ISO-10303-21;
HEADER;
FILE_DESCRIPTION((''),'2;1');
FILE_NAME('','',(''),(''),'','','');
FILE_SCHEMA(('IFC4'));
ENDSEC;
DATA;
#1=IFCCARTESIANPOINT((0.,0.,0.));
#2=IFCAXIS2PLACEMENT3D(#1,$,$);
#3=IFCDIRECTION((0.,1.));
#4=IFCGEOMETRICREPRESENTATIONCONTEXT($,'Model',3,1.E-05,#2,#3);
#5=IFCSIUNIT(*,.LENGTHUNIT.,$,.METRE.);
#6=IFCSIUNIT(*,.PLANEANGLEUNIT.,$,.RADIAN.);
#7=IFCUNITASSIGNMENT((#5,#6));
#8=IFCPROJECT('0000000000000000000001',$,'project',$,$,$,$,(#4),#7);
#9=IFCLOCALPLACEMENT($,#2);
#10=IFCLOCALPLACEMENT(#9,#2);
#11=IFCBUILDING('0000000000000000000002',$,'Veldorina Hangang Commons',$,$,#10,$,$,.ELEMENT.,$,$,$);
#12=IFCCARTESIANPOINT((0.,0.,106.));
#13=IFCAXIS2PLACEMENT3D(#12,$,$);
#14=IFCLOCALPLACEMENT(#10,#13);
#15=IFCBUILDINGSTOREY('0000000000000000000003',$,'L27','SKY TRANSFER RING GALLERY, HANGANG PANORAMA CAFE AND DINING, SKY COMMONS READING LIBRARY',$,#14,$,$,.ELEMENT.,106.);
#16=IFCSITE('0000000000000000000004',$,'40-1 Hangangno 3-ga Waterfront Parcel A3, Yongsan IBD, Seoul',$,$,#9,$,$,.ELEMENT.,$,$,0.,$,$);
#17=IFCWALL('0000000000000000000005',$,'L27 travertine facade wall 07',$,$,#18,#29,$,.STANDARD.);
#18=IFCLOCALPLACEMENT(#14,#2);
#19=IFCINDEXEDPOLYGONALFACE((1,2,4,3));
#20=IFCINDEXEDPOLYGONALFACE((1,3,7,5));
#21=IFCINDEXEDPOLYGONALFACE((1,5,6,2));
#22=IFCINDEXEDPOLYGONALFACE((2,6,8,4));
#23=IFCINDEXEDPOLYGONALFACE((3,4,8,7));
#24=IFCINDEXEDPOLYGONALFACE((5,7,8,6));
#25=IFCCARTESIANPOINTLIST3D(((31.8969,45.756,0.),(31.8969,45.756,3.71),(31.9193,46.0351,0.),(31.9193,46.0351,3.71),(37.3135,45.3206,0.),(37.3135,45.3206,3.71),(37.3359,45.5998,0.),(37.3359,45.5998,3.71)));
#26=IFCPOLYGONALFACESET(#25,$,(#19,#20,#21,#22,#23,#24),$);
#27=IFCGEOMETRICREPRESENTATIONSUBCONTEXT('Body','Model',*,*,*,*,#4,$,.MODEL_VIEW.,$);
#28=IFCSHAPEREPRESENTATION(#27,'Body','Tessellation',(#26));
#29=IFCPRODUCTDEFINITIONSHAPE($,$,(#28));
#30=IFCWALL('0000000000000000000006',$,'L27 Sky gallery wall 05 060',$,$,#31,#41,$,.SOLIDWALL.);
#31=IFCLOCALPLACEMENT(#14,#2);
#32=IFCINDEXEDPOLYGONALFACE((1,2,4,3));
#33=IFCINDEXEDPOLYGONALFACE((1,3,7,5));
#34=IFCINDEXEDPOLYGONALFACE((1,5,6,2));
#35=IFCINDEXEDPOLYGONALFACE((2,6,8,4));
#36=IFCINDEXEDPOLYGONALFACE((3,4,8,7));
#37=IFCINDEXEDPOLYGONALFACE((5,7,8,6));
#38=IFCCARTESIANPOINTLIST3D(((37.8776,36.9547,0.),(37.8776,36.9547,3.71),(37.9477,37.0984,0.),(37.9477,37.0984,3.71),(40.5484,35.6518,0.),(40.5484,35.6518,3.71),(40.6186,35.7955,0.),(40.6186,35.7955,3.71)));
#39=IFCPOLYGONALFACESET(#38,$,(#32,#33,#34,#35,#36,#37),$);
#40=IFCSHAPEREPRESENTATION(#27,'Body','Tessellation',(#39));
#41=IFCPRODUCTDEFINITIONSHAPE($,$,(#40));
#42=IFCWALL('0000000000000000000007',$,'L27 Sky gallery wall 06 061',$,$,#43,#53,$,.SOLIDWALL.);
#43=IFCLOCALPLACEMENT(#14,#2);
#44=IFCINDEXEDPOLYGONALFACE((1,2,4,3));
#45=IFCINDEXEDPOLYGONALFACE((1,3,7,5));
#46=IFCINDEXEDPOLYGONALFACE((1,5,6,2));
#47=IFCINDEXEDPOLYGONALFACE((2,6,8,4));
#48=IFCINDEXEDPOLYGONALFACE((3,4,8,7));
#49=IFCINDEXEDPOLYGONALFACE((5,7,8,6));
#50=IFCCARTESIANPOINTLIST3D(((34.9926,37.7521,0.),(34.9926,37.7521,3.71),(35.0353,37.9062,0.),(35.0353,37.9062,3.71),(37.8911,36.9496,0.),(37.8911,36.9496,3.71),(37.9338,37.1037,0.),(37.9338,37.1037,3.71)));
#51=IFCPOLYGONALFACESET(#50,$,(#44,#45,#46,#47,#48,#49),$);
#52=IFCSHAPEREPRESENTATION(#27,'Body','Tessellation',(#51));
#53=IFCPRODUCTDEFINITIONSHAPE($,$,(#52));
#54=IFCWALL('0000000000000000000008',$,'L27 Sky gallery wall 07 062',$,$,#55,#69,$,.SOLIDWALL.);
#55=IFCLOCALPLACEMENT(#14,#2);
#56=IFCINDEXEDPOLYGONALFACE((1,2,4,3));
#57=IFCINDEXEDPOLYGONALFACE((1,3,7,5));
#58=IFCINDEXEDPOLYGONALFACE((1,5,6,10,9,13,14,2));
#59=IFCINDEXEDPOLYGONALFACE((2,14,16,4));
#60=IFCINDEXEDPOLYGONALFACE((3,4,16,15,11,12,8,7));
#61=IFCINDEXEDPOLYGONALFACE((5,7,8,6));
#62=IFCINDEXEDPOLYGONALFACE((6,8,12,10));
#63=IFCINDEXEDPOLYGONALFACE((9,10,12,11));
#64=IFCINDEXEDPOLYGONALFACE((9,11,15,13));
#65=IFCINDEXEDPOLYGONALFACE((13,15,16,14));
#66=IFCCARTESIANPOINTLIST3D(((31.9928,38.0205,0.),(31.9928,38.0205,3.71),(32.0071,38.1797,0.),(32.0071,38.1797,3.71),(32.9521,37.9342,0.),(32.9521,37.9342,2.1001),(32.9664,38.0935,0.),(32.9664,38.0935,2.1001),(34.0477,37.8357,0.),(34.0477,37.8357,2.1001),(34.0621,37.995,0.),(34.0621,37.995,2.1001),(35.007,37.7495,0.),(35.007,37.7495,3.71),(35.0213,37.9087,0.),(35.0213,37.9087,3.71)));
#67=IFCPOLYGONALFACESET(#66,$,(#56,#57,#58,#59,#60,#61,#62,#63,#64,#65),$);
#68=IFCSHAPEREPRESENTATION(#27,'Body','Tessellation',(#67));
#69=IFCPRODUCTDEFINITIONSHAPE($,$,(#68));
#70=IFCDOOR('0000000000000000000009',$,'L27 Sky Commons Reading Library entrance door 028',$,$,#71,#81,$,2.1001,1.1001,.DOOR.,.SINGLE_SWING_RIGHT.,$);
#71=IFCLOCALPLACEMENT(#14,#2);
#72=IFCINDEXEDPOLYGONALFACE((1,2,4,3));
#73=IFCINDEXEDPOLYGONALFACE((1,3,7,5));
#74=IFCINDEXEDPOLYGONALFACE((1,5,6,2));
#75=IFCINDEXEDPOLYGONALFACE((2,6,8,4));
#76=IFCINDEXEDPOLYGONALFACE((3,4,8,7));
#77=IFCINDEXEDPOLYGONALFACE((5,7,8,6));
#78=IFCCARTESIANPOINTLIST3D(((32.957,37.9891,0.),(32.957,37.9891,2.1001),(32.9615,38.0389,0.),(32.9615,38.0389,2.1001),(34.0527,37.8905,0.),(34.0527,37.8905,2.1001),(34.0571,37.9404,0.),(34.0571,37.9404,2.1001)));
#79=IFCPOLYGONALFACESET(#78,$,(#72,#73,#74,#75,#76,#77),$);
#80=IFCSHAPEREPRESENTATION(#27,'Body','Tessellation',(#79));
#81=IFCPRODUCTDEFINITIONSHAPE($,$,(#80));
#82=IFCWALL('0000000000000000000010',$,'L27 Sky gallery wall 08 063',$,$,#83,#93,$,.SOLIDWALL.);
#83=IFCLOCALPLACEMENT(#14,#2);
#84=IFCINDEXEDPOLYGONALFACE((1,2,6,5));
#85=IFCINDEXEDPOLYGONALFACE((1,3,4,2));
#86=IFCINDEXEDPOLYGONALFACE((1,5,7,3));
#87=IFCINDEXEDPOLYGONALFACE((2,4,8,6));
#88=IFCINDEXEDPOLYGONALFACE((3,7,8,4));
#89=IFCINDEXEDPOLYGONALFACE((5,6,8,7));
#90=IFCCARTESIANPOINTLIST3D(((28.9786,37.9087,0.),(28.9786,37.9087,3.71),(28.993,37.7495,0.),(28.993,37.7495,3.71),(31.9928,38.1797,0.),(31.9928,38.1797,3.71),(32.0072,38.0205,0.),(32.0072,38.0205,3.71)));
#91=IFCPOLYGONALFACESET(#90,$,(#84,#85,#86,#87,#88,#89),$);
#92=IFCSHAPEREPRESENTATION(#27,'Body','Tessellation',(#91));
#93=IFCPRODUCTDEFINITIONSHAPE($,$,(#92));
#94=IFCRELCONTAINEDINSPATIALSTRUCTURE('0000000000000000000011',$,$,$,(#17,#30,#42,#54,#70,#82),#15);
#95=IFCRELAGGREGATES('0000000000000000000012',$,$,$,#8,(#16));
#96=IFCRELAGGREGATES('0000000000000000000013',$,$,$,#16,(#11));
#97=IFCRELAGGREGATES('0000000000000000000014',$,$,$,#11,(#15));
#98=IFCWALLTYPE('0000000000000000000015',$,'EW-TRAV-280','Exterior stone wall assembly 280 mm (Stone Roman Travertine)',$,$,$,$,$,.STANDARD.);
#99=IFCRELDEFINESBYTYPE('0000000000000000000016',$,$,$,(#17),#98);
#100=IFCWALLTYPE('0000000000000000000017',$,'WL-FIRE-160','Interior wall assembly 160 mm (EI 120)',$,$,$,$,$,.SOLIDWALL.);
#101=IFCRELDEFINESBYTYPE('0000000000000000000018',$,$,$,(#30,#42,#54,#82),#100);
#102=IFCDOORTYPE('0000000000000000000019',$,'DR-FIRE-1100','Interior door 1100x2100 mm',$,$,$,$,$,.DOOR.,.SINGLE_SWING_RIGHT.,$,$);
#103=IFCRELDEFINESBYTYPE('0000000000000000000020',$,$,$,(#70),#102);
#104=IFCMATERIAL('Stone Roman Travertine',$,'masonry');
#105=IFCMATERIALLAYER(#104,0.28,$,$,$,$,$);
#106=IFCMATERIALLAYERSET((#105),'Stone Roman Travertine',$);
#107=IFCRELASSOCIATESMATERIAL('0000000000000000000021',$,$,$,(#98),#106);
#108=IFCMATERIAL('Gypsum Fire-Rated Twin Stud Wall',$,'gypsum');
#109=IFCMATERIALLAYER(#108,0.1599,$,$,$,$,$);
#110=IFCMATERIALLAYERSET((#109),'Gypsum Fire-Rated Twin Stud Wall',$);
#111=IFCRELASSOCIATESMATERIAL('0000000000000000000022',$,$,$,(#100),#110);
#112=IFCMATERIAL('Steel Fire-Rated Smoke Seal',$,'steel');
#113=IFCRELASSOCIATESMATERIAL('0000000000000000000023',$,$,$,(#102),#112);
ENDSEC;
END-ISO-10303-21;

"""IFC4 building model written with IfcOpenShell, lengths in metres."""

from ifc_helpers import new_model, si_unit, direction, frame, frame_2d, origin, place, context, subcontext, project, spatial, rectangle, extrude, material, layer, layer_set, type_object, element, fill, save


model = new_model("IFC4")

# Units and contexts
model_context = context("Model", 3, precision=1e-05, world=origin(), true_north=direction((0.0, 1.0)))
body_context = subcontext(model_context, "Body", "Model", "MODEL_VIEW")
ifc_project = project(units=[si_unit("LENGTHUNIT", "METRE"), si_unit("PLANEANGLEUNIT", "RADIAN")], contexts=[model_context])

# Site, building, storey
site_placement = place(None, origin())
site = spatial("IfcSite", under=ifc_project, at=site_placement, Name="40-1 Hangangno 3-ga Waterfront Parcel A3, Yongsan IBD, Seoul", CompositionType="ELEMENT", RefElevation=0.0)
building_placement = place(site_placement, origin())
building = spatial("IfcBuilding", under=site, at=building_placement, Name="Veldorina Hangang Commons", CompositionType="ELEMENT")
storey_placement = place(building_placement, frame((0.0, 0.0, 106.0)))
storey = spatial("IfcBuildingStorey", under=building, at=storey_placement, Name="L27", Description="SKY TRANSFER RING GALLERY, HANGANG PANORAMA CAFE AND DINING, SKY COMMONS READING LIBRARY", CompositionType="ELEMENT", Elevation=106.0)

# Walls
ifc_material_1 = material(Name="Stone Roman Travertine", Category="masonry")
ifc_layer_1 = layer(ifc_material_1, 0.28)
ifc_layer_set_1 = layer_set([ifc_layer_1], Name="Stone Roman Travertine")
wall_type_1 = type_object("IfcWallType", Name="EW-TRAV-280", Description="Exterior stone wall assembly 280 mm (Stone Roman Travertine)", PredefinedType="STANDARD", material=ifc_layer_set_1)
wall_1_placement = place(storey_placement, frame((37.3247, 45.4602, 0.0), z_axis=(0.0, 0.0, 1.0), x_axis=(-0.996786, 0.080108, 0.0)))
element("IfcWall", 1, at=wall_1_placement, inside=storey, type_object=wall_type_1, Name="L27 travertine facade wall 07", PredefinedType="STANDARD", context=body_context, shape_type="SweptSolid", body=[
    extrude(rectangle(XDim=5.4341, YDim=0.28, at=frame_2d((2.717, 0.0))), origin(), (0.0, 0.0, 1.0), 3.71),
])
ifc_material_2 = material(Name="Gypsum Fire-Rated Twin Stud Wall", Category="gypsum")
ifc_layer_2 = layer(ifc_material_2, 0.1599)
ifc_layer_set_2 = layer_set([ifc_layer_2], Name="Gypsum Fire-Rated Twin Stud Wall")
wall_type_2 = type_object("IfcWallType", Name="WL-FIRE-160", Description="Interior wall assembly 160 mm (EI 120)", PredefinedType="SOLIDWALL", material=ifc_layer_set_2)
wall_2_placement = place(storey_placement, frame((40.5835, 35.7236, 0.0), z_axis=(0.0, 0.0, 1.0), x_axis=(-0.898755, 0.438451, 0.0)))
element("IfcWall", 2, at=wall_2_placement, inside=storey, type_object=wall_type_2, Name="L27 Sky gallery wall 05 060", PredefinedType="SOLIDWALL", context=body_context, shape_type="SweptSolid", body=[
    extrude(rectangle(XDim=2.9717, YDim=0.1599, at=frame_2d((1.4858, 0.0))), origin(), (0.0, 0.0, 1.0), 3.71),
])
wall_3_placement = place(storey_placement, frame((37.9126, 37.0266, 0.0), z_axis=(0.0, 0.0, 1.0), x_axis=(-0.963743, 0.266832, 0.0)))
element("IfcWall", 3, at=wall_3_placement, inside=storey, type_object=wall_type_2, Name="L27 Sky gallery wall 06 061", PredefinedType="SOLIDWALL", context=body_context, shape_type="SweptSolid", body=[
    extrude(rectangle(XDim=3.0076, YDim=0.1599, at=frame_2d((1.5039, 0.0))), origin(), (0.0, 0.0, 1.0), 3.71),
])

# Wall, opening, door
wall_4_placement = place(storey_placement, frame((35.0142, 37.8291, 0.0), z_axis=(0.0, 0.0, 1.0), x_axis=(-0.995983, 0.089546, 0.0)))
wall_4 = element("IfcWall", 4, at=wall_4_placement, inside=storey, type_object=wall_type_2, Name="L27 Sky gallery wall 07 062", PredefinedType="SOLIDWALL", context=body_context, shape_type="SweptSolid", body=[
    extrude(rectangle(XDim=3.0264, YDim=0.1599, at=frame_2d((1.5132, 0.0))), origin(), (0.0, 0.0, 1.0), 3.71),
])
opening_placement = place(wall_4_placement, frame((0.9631, 0.0, 0.0)))
opening = element("IfcOpeningElement", 5, at=opening_placement, cuts=wall_4, PredefinedType="OPENING", context=body_context, shape_type="SweptSolid", body=[
    extrude(rectangle(XDim=1.1001, YDim=2.1001, at=frame_2d((0.55, 1.05))), frame((0.0, 0.0898, 0.0), z_axis=(0.0, -1.0, 0.0), x_axis=(1.0, 0.0, 0.0)), (0.0, 0.0, 1.0), 0.1799),
])
ifc_material_3 = material(Name="Steel Fire-Rated Smoke Seal", Category="steel")
door_type = type_object("IfcDoorType", Name="DR-FIRE-1100", Description="Interior door 1100x2100 mm", OperationType="SINGLE_SWING_RIGHT", PredefinedType="DOOR", material=ifc_material_3)
door_placement = place(opening_placement, origin())
door = element("IfcDoor", 6, at=door_placement, inside=storey, type_object=door_type, Name="L27 Sky Commons Reading Library entrance door 028", OperationType="SINGLE_SWING_RIGHT", OverallHeight=2.1001, OverallWidth=1.1001, PredefinedType="DOOR", context=body_context, shape_type="SweptSolid", body=[
    extrude(rectangle(XDim=1.1001, YDim=2.1001, at=frame_2d((0.55, 1.05))), frame((0.0, 0.0249, 0.0), z_axis=(0.0, -1.0, 0.0), x_axis=(1.0, 0.0, 0.0)), (0.0, 0.0, 1.0), 0.05),
])
fill(opening, door)

# Wall
wall_5_placement = place(storey_placement, frame((32.0, 38.1001, 0.0), z_axis=(0.0, 0.0, 1.0), x_axis=(-0.995983, -0.089546, 0.0)))
element("IfcWall", 7, at=wall_5_placement, inside=storey, type_object=wall_type_2, Name="L27 Sky gallery wall 08 063", PredefinedType="SOLIDWALL", context=body_context, shape_type="SweptSolid", body=[
    extrude(rectangle(XDim=3.0264, YDim=0.1599, at=frame_2d((1.5132, 0.0))), origin(), (0.0, 0.0, 1.0), 3.71),
])

save(model, "model.ifc")
